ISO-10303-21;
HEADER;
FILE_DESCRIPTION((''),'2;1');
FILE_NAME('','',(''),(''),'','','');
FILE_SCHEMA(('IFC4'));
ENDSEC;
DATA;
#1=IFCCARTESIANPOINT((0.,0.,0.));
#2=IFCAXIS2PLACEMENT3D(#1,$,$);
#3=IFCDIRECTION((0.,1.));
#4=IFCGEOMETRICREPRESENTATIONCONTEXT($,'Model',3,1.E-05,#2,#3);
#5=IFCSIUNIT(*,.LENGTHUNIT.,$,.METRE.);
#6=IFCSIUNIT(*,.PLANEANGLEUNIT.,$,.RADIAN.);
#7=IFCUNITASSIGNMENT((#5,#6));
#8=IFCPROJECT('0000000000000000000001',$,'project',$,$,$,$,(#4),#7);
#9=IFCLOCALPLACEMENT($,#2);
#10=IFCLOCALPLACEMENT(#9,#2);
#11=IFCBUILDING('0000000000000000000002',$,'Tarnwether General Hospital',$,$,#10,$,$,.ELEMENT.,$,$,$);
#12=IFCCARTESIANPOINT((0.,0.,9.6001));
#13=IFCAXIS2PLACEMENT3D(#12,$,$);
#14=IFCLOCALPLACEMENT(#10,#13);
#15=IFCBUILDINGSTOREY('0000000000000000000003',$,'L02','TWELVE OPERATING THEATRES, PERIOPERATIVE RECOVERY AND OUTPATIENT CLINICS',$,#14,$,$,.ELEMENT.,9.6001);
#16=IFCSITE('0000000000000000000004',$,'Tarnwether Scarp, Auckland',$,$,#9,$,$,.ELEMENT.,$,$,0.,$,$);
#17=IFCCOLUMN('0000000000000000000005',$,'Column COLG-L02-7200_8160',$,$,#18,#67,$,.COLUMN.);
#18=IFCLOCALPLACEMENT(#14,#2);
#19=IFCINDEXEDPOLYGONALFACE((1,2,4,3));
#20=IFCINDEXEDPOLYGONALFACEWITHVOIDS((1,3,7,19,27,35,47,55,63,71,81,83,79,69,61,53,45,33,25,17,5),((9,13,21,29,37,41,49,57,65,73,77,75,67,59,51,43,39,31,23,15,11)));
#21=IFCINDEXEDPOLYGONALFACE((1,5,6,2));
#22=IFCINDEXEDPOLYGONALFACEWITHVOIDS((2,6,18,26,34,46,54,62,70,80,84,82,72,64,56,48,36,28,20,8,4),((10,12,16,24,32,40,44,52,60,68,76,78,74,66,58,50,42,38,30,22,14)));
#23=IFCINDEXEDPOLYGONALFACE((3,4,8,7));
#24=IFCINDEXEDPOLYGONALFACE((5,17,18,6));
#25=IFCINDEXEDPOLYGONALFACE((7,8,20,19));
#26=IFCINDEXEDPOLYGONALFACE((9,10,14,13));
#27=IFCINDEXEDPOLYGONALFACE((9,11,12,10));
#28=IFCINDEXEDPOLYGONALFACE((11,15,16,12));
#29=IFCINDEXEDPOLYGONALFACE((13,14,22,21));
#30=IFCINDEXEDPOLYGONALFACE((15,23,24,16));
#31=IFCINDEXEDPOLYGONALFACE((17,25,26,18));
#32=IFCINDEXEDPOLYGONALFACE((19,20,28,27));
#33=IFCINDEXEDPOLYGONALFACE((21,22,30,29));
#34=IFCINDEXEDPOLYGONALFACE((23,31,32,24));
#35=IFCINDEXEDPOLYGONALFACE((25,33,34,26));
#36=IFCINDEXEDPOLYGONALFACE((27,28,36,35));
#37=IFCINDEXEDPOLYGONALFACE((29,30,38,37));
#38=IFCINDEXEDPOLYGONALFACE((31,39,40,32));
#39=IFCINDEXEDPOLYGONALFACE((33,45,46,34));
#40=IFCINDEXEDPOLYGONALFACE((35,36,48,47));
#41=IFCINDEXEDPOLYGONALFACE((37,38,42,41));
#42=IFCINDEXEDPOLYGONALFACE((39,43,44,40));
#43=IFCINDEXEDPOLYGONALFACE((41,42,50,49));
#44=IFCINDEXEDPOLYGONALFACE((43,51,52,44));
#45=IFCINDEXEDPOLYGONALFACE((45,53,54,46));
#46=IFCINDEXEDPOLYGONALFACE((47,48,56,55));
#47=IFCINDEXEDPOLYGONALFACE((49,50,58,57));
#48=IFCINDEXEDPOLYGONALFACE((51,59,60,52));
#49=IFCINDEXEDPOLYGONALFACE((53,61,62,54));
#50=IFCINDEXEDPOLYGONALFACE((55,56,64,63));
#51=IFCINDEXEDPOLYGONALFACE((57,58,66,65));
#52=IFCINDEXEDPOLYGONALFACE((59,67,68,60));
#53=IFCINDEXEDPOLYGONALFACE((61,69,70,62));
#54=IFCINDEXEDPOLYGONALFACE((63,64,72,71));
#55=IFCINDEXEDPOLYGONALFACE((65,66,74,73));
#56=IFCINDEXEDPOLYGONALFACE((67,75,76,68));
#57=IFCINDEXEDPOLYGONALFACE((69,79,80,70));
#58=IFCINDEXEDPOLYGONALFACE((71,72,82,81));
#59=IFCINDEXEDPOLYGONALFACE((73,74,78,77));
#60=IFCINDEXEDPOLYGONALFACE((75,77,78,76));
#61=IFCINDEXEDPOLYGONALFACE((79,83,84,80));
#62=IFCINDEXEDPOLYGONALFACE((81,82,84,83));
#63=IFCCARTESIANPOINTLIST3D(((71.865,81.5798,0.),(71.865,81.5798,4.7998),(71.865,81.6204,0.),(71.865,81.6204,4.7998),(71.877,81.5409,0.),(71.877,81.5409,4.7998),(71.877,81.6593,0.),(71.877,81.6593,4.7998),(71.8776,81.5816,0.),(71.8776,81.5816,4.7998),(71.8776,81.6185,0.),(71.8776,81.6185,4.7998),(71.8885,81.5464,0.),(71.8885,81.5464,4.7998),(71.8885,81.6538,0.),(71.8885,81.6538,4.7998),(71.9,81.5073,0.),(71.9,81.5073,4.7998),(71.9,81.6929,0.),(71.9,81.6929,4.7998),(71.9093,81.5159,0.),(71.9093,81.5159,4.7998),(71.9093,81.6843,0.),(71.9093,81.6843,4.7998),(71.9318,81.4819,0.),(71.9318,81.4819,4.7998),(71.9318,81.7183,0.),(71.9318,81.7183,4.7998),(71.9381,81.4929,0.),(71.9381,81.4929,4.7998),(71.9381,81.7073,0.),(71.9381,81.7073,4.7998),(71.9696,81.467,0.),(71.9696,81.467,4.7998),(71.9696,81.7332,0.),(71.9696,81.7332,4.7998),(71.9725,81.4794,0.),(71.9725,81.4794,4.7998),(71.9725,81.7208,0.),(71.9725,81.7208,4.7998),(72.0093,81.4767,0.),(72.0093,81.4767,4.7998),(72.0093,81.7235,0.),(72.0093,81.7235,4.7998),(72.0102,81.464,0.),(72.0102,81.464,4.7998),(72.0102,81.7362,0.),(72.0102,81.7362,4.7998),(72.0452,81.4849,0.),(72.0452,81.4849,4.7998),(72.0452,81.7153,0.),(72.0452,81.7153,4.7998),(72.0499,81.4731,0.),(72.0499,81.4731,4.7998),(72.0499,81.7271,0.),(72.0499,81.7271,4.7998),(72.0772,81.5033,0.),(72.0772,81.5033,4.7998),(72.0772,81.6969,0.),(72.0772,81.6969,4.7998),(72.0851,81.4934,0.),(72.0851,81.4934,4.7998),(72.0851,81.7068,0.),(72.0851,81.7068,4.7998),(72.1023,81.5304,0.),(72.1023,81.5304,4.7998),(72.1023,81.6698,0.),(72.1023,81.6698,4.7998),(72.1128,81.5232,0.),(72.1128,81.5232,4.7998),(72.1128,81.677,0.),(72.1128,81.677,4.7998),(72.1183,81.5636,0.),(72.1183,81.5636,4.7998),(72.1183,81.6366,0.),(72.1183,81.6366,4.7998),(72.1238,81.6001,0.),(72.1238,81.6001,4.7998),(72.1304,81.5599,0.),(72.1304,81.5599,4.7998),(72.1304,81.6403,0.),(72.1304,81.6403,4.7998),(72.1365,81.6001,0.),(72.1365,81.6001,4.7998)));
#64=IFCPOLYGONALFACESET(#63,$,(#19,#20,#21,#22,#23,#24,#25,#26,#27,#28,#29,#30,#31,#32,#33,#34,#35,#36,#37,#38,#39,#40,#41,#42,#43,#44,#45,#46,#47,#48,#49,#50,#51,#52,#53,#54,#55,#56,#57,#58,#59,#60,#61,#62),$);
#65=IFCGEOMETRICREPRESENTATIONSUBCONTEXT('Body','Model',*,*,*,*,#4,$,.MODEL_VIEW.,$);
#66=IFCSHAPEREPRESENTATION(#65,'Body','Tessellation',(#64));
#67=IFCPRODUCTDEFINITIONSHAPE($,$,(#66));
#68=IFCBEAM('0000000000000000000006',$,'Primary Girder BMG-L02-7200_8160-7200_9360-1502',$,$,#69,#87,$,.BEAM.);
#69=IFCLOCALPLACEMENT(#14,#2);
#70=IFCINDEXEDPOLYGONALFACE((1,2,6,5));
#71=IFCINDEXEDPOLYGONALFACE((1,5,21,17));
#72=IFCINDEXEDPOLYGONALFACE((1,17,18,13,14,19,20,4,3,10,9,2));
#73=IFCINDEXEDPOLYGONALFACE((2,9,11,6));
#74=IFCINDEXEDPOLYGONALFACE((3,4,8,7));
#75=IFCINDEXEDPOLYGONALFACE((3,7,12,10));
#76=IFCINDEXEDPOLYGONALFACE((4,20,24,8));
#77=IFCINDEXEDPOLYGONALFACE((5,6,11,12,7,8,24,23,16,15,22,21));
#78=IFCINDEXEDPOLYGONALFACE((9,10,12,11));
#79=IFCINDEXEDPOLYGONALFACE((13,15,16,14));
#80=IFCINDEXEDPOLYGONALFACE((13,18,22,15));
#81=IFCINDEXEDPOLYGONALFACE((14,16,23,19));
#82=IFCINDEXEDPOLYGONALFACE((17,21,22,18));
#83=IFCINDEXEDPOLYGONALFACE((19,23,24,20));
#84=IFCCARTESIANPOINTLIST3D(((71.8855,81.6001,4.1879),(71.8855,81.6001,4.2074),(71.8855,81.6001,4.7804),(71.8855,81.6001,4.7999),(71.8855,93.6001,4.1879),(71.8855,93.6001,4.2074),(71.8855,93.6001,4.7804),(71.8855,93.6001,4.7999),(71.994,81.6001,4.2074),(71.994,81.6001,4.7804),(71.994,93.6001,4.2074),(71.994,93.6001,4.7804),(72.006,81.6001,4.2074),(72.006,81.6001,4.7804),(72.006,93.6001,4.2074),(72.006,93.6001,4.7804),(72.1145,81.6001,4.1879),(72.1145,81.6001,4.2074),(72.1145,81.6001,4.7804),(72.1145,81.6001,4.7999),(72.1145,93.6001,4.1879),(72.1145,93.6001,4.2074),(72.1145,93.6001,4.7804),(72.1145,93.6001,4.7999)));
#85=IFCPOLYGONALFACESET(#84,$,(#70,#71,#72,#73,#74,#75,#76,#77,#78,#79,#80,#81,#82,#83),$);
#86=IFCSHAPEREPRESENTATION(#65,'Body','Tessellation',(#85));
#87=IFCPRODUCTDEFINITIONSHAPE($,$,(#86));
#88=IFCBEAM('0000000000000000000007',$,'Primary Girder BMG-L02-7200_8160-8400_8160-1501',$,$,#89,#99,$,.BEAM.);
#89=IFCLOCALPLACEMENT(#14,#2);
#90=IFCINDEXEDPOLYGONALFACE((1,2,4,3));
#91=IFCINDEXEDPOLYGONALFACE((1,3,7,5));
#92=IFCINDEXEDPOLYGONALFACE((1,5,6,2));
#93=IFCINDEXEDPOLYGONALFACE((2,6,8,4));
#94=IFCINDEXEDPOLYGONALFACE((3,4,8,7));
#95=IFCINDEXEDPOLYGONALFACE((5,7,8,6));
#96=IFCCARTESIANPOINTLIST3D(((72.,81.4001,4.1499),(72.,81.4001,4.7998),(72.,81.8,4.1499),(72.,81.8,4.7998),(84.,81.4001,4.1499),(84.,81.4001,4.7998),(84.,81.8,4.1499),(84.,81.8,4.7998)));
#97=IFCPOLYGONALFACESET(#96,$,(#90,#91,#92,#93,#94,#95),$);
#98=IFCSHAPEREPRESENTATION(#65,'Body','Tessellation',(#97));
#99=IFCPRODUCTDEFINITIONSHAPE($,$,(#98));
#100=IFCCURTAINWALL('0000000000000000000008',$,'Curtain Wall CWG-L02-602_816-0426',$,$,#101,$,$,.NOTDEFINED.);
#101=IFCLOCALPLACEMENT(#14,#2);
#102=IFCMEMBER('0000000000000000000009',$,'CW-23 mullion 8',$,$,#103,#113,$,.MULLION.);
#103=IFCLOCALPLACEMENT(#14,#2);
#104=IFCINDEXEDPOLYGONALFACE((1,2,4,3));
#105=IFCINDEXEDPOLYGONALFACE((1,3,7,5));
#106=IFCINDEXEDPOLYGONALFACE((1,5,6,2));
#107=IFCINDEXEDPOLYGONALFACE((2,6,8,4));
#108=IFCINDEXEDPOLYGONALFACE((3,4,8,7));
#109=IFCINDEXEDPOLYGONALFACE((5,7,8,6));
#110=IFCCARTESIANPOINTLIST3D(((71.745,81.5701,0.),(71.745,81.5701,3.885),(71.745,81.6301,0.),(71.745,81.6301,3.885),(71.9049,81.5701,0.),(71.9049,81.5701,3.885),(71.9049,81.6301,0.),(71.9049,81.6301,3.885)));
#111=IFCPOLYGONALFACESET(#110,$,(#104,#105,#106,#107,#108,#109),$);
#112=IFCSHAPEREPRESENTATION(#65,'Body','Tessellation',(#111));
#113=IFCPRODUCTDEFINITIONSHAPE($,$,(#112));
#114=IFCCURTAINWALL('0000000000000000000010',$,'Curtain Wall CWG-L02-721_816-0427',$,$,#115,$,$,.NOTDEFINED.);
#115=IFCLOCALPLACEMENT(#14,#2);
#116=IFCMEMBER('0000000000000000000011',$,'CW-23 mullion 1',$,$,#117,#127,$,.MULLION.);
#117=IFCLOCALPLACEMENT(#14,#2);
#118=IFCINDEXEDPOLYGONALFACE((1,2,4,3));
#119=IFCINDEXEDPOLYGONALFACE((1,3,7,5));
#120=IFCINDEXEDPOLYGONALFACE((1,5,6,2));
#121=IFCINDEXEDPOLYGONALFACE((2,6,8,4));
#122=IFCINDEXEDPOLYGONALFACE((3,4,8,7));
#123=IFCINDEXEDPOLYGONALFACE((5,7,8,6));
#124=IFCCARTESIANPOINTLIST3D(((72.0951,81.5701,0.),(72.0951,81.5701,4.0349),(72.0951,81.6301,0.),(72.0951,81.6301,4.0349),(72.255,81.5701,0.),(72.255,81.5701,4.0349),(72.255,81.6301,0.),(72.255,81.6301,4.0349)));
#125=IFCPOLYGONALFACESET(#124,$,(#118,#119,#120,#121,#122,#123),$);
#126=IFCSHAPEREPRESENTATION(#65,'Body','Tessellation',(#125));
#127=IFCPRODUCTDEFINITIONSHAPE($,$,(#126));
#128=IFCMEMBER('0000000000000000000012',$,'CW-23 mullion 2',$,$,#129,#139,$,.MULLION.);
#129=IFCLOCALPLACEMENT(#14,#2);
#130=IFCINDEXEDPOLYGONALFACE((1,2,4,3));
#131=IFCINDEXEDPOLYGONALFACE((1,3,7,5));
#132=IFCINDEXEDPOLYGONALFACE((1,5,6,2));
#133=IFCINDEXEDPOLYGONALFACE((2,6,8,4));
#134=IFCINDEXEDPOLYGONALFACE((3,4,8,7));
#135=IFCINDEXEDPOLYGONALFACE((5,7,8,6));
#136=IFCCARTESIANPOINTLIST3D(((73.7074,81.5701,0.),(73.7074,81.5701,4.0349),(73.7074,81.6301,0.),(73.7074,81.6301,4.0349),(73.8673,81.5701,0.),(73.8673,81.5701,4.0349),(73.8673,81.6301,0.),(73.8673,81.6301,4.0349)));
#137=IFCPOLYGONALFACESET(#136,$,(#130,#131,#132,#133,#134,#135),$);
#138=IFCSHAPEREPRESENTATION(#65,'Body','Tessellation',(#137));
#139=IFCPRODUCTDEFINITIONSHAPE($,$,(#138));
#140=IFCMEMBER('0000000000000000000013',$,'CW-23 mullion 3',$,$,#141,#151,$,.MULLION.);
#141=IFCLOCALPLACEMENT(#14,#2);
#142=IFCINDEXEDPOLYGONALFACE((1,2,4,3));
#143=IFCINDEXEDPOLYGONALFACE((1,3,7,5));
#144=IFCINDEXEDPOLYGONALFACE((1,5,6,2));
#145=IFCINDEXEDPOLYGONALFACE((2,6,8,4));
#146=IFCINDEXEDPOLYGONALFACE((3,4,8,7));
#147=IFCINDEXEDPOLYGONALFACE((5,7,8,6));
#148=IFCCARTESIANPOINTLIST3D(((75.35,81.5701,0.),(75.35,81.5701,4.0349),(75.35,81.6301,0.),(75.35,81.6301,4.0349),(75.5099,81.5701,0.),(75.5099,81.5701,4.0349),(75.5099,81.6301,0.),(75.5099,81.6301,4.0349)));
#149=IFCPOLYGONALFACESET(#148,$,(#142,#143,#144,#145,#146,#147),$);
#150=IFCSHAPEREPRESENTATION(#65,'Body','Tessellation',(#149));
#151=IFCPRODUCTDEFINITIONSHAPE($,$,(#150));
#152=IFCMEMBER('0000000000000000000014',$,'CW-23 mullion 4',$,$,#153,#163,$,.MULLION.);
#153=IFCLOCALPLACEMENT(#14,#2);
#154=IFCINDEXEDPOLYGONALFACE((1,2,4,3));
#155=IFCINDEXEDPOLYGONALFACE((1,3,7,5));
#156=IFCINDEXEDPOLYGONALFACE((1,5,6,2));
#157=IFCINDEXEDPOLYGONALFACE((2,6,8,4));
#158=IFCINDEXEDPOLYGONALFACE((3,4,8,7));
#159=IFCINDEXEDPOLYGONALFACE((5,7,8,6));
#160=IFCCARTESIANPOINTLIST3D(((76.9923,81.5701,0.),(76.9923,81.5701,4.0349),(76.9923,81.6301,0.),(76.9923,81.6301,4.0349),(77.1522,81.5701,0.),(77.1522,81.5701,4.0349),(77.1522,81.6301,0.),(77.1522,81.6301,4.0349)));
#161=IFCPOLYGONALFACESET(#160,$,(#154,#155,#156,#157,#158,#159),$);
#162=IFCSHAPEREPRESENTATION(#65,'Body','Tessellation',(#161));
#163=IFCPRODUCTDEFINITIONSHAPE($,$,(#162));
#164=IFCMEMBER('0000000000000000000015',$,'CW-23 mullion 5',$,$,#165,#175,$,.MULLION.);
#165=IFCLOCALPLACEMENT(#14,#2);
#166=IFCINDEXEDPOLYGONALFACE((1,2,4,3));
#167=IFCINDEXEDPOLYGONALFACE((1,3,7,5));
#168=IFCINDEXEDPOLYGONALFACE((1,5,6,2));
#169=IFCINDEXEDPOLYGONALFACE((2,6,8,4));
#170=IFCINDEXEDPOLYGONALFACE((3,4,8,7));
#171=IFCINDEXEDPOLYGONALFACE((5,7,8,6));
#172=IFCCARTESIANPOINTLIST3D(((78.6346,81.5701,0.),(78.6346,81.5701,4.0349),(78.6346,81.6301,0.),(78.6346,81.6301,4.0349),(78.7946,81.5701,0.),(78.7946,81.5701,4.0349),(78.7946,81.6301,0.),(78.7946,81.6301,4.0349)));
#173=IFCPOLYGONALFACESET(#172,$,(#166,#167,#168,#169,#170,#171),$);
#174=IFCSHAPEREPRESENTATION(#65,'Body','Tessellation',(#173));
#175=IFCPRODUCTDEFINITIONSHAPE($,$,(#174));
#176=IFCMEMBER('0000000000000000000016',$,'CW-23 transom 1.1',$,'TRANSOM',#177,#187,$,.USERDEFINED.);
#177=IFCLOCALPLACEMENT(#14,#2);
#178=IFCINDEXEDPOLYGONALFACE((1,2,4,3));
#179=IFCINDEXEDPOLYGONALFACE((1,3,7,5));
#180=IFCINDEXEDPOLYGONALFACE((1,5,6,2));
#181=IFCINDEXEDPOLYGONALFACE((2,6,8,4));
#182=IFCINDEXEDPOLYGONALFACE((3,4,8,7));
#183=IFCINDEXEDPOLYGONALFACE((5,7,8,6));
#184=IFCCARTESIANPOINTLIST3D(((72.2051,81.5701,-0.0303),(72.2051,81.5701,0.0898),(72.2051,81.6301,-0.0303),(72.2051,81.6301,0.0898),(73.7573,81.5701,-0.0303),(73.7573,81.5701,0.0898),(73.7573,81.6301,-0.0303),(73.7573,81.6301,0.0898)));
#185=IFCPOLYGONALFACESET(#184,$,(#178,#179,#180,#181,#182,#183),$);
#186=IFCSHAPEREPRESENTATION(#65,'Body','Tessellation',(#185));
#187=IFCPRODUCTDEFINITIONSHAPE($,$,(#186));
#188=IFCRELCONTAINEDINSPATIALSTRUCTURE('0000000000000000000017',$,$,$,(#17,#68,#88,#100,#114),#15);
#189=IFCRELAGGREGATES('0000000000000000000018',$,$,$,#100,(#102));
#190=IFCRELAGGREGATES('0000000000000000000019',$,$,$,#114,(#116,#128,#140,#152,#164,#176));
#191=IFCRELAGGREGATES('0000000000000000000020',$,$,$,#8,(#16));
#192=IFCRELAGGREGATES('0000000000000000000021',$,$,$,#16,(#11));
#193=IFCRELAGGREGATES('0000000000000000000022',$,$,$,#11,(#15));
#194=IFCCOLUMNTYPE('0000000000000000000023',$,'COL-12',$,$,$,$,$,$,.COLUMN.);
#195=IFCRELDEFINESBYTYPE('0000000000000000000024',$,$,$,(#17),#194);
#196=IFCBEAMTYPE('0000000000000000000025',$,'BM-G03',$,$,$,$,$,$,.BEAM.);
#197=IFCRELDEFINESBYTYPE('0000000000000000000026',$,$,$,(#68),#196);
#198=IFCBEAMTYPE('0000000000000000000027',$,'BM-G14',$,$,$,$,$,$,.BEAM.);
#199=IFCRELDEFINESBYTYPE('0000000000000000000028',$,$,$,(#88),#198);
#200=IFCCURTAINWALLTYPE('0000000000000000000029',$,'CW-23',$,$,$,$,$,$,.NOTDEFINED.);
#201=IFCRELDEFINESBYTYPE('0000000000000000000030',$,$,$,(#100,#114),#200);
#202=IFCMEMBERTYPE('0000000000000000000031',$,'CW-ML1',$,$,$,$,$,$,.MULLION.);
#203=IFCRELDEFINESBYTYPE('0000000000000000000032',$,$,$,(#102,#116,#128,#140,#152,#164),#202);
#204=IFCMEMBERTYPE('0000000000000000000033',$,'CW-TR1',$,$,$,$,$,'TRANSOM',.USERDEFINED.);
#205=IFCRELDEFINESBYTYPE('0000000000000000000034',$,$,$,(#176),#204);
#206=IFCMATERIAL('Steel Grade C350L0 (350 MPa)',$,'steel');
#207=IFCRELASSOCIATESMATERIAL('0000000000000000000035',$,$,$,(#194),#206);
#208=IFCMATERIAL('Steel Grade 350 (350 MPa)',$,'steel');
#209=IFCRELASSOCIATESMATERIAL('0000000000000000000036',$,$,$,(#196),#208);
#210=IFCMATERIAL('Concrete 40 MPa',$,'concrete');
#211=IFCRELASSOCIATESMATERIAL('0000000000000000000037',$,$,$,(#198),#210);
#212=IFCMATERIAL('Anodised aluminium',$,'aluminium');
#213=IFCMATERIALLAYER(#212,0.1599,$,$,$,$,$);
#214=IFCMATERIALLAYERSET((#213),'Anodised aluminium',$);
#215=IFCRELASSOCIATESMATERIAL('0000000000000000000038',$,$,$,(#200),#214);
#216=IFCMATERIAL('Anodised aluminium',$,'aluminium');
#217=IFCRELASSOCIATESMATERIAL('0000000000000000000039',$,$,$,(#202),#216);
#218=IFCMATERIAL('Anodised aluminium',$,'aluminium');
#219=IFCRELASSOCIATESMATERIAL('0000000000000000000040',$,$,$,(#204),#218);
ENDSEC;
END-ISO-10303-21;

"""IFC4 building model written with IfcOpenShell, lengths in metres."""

from ifc_helpers import new_model, si_unit, direction, frame, origin, origin_2d, place, context, subcontext, project, spatial, rectangle, hollow_circle, i_section, extrude, material, layer, layer_set, material_profile, profile_set, type_object, element, aggregate, save


model = new_model("IFC4")

# Units and contexts
model_context = context("Model", 3, precision=1e-05, world=origin(), true_north=direction((0.0, 1.0)))
body_context = subcontext(model_context, "Body", "Model", "MODEL_VIEW")
ifc_project = project(units=[si_unit("LENGTHUNIT", "METRE"), si_unit("PLANEANGLEUNIT", "RADIAN")], contexts=[model_context])

# Site, building, storey
site_placement = place(None, origin())
site = spatial("IfcSite", under=ifc_project, at=site_placement, Name="Tarnwether Scarp, Auckland", CompositionType="ELEMENT", RefElevation=0.0)
building_placement = place(site_placement, origin())
building = spatial("IfcBuilding", under=site, at=building_placement, Name="Tarnwether General Hospital", CompositionType="ELEMENT")
storey_placement = place(building_placement, frame((0.0, 0.0, 9.6001)))
storey = spatial("IfcBuildingStorey", under=building, at=storey_placement, Name="L02", Description="TWELVE OPERATING THEATRES, PERIOPERATIVE RECOVERY AND OUTPATIENT CLINICS", CompositionType="ELEMENT", Elevation=9.6001)

# Column
ifc_material_1 = material(Name="Steel Grade C350L0 (350 MPa)", Category="steel")
ifc_material_profile_1 = material_profile(ifc_material_1, hollow_circle(Radius=0.1365, WallThickness=0.0127, at=origin_2d()), Name="CHS273.1x12.7")
ifc_profile_set_1 = profile_set([ifc_material_profile_1], Name="Steel Grade C350L0 (350 MPa)")
column_type = type_object("IfcColumnType", Name="COL-12", PredefinedType="COLUMN", material=ifc_profile_set_1)
column_placement = place(storey_placement, frame((72.0, 81.6001, 0.0), z_axis=(0.0, 0.0, 1.0), x_axis=(1.0, 0.0, 0.0)))
element("IfcColumn", 1, at=column_placement, inside=storey, type_object=column_type, Name="Column COLG-L02-7200_8160", PredefinedType="COLUMN", context=body_context, shape_type="SweptSolid", body=[
    extrude(hollow_circle(Radius=0.1365, WallThickness=0.0127, at=origin_2d()), origin(), (0.0, 0.0, 1.0), 4.7998),
])

# Beams
ifc_material_2 = material(Name="Steel Grade 350 (350 MPa)", Category="steel")
ifc_material_profile_2 = material_profile(ifc_material_2, i_section(OverallWidth=0.229, OverallDepth=0.6121, WebThickness=0.012, FlangeThickness=0.0195, at=origin_2d()), Name="610UB125")
ifc_profile_set_2 = profile_set([ifc_material_profile_2], Name="Steel Grade 350 (350 MPa)")
beam_type_1 = type_object("IfcBeamType", Name="BM-G03", PredefinedType="BEAM", material=ifc_profile_set_2)
beam_1_placement = place(storey_placement, frame((72.0, 81.6001, 4.4939), z_axis=(0.0, 1.0, 0.0), x_axis=(-1.0, 0.0, 0.0)))
element("IfcBeam", 2, at=beam_1_placement, inside=storey, type_object=beam_type_1, Name="Primary Girder BMG-L02-7200_8160-7200_9360-1502", PredefinedType="BEAM", context=body_context, shape_type="SweptSolid", body=[
    extrude(i_section(OverallWidth=0.229, OverallDepth=0.6121, WebThickness=0.012, FlangeThickness=0.0195, at=origin_2d()), origin(), (0.0, 0.0, 1.0), 12.0),
])
ifc_material_3 = material(Name="Concrete 40 MPa", Category="concrete")
ifc_material_profile_3 = material_profile(ifc_material_3, rectangle(XDim=0.3999, YDim=0.6499, at=origin_2d()), Name="RC-BM-400x650")
ifc_profile_set_3 = profile_set([ifc_material_profile_3], Name="Concrete 40 MPa")
beam_type_2 = type_object("IfcBeamType", Name="BM-G14", PredefinedType="BEAM", material=ifc_profile_set_3)
beam_2_placement = place(storey_placement, frame((72.0, 81.6001, 4.4749), z_axis=(1.0, 0.0, 0.0), x_axis=(0.0, 1.0, 0.0)))
element("IfcBeam", 3, at=beam_2_placement, inside=storey, type_object=beam_type_2, Name="Primary Girder BMG-L02-7200_8160-8400_8160-1501", PredefinedType="BEAM", context=body_context, shape_type="SweptSolid", body=[
    extrude(rectangle(XDim=0.3999, YDim=0.6499, at=origin_2d()), origin(), (0.0, 0.0, 1.0), 12.0),
])

# Curtain wall, member
ifc_material_4 = material(Name="Anodised aluminium", Category="aluminium")
ifc_layer_1 = layer(ifc_material_4, 0.1599)
ifc_layer_set_1 = layer_set([ifc_layer_1], Name="Anodised aluminium")
curtain_wall_type = type_object("IfcCurtainWallType", Name="CW-23", PredefinedType="NOTDEFINED", material=ifc_layer_set_1)
curtain_wall_1_placement = place(storey_placement, origin())
curtain_wall_1 = element("IfcCurtainWall", 4, at=curtain_wall_1_placement, inside=storey, type_object=curtain_wall_type, Name="Curtain Wall CWG-L02-602_816-0426", PredefinedType="NOTDEFINED")
ifc_material_5 = material(Name="Anodised aluminium", Category="aluminium")
ifc_material_profile_4 = material_profile(ifc_material_5, rectangle(XDim=0.0601, YDim=0.1599, at=origin_2d()), Name="ALU-MUL-60x160")
ifc_profile_set_4 = profile_set([ifc_material_profile_4], Name="Anodised aluminium")
member_type_1 = type_object("IfcMemberType", Name="CW-ML1", PredefinedType="MULLION", material=ifc_profile_set_4)
member_1_placement = place(storey_placement, frame((71.825, 81.6001, 0.0), z_axis=(0.0, 0.0, 1.0), x_axis=(0.0, 1.0, 0.0)))
member_1 = element("IfcMember", 5, at=member_1_placement, type_object=member_type_1, Name="CW-23 mullion 8", PredefinedType="MULLION", context=body_context, shape_type="SweptSolid", body=[
    extrude(rectangle(XDim=0.0601, YDim=0.1599, at=origin_2d()), origin(), (0.0, 0.0, 1.0), 3.885),
])

# Curtain wall, members
curtain_wall_2_placement = place(storey_placement, origin())
curtain_wall_2 = element("IfcCurtainWall", 6, at=curtain_wall_2_placement, inside=storey, type_object=curtain_wall_type, Name="Curtain Wall CWG-L02-721_816-0427", PredefinedType="NOTDEFINED")
member_2_placement = place(storey_placement, frame((72.175, 81.6001, 0.0), z_axis=(0.0, 0.0, 1.0), x_axis=(0.0, 1.0, 0.0)))
member_2 = element("IfcMember", 7, at=member_2_placement, type_object=member_type_1, Name="CW-23 mullion 1", PredefinedType="MULLION", context=body_context, shape_type="SweptSolid", body=[
    extrude(rectangle(XDim=0.0601, YDim=0.1599, at=origin_2d()), origin(), (0.0, 0.0, 1.0), 4.0349),
])
member_3_placement = place(storey_placement, frame((73.7874, 81.6001, 0.0), z_axis=(0.0, 0.0, 1.0), x_axis=(0.0, 1.0, 0.0)))
member_3 = element("IfcMember", 8, at=member_3_placement, type_object=member_type_1, Name="CW-23 mullion 2", PredefinedType="MULLION", context=body_context, shape_type="SweptSolid", body=[
    extrude(rectangle(XDim=0.0601, YDim=0.1599, at=origin_2d()), origin(), (0.0, 0.0, 1.0), 4.0349),
])
member_4_placement = place(storey_placement, frame((75.4299, 81.6001, 0.0), z_axis=(0.0, 0.0, 1.0), x_axis=(0.0, 1.0, 0.0)))
member_4 = element("IfcMember", 9, at=member_4_placement, type_object=member_type_1, Name="CW-23 mullion 3", PredefinedType="MULLION", context=body_context, shape_type="SweptSolid", body=[
    extrude(rectangle(XDim=0.0601, YDim=0.1599, at=origin_2d()), origin(), (0.0, 0.0, 1.0), 4.0349),
])
member_5_placement = place(storey_placement, frame((77.0723, 81.6001, 0.0), z_axis=(0.0, 0.0, 1.0), x_axis=(0.0, 1.0, 0.0)))
member_5 = element("IfcMember", 10, at=member_5_placement, type_object=member_type_1, Name="CW-23 mullion 4", PredefinedType="MULLION", context=body_context, shape_type="SweptSolid", body=[
    extrude(rectangle(XDim=0.0601, YDim=0.1599, at=origin_2d()), origin(), (0.0, 0.0, 1.0), 4.0349),
])
member_6_placement = place(storey_placement, frame((78.7146, 81.6001, 0.0), z_axis=(0.0, 0.0, 1.0), x_axis=(0.0, 1.0, 0.0)))
member_6 = element("IfcMember", 11, at=member_6_placement, type_object=member_type_1, Name="CW-23 mullion 5", PredefinedType="MULLION", context=body_context, shape_type="SweptSolid", body=[
    extrude(rectangle(XDim=0.0601, YDim=0.1599, at=origin_2d()), origin(), (0.0, 0.0, 1.0), 4.0349),
])
ifc_material_6 = material(Name="Anodised aluminium", Category="aluminium")
ifc_material_profile_5 = material_profile(ifc_material_6, rectangle(XDim=0.0601, YDim=0.1201, at=origin_2d()), Name="ALU-TRN-60x120")
ifc_profile_set_5 = profile_set([ifc_material_profile_5], Name="Anodised aluminium")
member_type_2 = type_object("IfcMemberType", Name="CW-TR1", ElementType="TRANSOM", PredefinedType="USERDEFINED", material=ifc_profile_set_5)
member_7_placement = place(storey_placement, frame((72.2051, 81.6001, 0.0298), z_axis=(1.0, 0.0, 0.0), x_axis=(0.0, 1.0, 0.0)))
member_7 = element("IfcMember", 12, at=member_7_placement, type_object=member_type_2, Name="CW-23 transom 1.1", ObjectType="TRANSOM", PredefinedType="USERDEFINED", context=body_context, shape_type="SweptSolid", body=[
    extrude(rectangle(XDim=0.0601, YDim=0.1201, at=origin_2d()), origin(), (0.0, 0.0, 1.0), 1.5522),
])

aggregate(curtain_wall_1, [member_1])
aggregate(curtain_wall_2, [member_2, member_3, member_4, member_5, member_6, member_7])

save(model, "model.ifc")
